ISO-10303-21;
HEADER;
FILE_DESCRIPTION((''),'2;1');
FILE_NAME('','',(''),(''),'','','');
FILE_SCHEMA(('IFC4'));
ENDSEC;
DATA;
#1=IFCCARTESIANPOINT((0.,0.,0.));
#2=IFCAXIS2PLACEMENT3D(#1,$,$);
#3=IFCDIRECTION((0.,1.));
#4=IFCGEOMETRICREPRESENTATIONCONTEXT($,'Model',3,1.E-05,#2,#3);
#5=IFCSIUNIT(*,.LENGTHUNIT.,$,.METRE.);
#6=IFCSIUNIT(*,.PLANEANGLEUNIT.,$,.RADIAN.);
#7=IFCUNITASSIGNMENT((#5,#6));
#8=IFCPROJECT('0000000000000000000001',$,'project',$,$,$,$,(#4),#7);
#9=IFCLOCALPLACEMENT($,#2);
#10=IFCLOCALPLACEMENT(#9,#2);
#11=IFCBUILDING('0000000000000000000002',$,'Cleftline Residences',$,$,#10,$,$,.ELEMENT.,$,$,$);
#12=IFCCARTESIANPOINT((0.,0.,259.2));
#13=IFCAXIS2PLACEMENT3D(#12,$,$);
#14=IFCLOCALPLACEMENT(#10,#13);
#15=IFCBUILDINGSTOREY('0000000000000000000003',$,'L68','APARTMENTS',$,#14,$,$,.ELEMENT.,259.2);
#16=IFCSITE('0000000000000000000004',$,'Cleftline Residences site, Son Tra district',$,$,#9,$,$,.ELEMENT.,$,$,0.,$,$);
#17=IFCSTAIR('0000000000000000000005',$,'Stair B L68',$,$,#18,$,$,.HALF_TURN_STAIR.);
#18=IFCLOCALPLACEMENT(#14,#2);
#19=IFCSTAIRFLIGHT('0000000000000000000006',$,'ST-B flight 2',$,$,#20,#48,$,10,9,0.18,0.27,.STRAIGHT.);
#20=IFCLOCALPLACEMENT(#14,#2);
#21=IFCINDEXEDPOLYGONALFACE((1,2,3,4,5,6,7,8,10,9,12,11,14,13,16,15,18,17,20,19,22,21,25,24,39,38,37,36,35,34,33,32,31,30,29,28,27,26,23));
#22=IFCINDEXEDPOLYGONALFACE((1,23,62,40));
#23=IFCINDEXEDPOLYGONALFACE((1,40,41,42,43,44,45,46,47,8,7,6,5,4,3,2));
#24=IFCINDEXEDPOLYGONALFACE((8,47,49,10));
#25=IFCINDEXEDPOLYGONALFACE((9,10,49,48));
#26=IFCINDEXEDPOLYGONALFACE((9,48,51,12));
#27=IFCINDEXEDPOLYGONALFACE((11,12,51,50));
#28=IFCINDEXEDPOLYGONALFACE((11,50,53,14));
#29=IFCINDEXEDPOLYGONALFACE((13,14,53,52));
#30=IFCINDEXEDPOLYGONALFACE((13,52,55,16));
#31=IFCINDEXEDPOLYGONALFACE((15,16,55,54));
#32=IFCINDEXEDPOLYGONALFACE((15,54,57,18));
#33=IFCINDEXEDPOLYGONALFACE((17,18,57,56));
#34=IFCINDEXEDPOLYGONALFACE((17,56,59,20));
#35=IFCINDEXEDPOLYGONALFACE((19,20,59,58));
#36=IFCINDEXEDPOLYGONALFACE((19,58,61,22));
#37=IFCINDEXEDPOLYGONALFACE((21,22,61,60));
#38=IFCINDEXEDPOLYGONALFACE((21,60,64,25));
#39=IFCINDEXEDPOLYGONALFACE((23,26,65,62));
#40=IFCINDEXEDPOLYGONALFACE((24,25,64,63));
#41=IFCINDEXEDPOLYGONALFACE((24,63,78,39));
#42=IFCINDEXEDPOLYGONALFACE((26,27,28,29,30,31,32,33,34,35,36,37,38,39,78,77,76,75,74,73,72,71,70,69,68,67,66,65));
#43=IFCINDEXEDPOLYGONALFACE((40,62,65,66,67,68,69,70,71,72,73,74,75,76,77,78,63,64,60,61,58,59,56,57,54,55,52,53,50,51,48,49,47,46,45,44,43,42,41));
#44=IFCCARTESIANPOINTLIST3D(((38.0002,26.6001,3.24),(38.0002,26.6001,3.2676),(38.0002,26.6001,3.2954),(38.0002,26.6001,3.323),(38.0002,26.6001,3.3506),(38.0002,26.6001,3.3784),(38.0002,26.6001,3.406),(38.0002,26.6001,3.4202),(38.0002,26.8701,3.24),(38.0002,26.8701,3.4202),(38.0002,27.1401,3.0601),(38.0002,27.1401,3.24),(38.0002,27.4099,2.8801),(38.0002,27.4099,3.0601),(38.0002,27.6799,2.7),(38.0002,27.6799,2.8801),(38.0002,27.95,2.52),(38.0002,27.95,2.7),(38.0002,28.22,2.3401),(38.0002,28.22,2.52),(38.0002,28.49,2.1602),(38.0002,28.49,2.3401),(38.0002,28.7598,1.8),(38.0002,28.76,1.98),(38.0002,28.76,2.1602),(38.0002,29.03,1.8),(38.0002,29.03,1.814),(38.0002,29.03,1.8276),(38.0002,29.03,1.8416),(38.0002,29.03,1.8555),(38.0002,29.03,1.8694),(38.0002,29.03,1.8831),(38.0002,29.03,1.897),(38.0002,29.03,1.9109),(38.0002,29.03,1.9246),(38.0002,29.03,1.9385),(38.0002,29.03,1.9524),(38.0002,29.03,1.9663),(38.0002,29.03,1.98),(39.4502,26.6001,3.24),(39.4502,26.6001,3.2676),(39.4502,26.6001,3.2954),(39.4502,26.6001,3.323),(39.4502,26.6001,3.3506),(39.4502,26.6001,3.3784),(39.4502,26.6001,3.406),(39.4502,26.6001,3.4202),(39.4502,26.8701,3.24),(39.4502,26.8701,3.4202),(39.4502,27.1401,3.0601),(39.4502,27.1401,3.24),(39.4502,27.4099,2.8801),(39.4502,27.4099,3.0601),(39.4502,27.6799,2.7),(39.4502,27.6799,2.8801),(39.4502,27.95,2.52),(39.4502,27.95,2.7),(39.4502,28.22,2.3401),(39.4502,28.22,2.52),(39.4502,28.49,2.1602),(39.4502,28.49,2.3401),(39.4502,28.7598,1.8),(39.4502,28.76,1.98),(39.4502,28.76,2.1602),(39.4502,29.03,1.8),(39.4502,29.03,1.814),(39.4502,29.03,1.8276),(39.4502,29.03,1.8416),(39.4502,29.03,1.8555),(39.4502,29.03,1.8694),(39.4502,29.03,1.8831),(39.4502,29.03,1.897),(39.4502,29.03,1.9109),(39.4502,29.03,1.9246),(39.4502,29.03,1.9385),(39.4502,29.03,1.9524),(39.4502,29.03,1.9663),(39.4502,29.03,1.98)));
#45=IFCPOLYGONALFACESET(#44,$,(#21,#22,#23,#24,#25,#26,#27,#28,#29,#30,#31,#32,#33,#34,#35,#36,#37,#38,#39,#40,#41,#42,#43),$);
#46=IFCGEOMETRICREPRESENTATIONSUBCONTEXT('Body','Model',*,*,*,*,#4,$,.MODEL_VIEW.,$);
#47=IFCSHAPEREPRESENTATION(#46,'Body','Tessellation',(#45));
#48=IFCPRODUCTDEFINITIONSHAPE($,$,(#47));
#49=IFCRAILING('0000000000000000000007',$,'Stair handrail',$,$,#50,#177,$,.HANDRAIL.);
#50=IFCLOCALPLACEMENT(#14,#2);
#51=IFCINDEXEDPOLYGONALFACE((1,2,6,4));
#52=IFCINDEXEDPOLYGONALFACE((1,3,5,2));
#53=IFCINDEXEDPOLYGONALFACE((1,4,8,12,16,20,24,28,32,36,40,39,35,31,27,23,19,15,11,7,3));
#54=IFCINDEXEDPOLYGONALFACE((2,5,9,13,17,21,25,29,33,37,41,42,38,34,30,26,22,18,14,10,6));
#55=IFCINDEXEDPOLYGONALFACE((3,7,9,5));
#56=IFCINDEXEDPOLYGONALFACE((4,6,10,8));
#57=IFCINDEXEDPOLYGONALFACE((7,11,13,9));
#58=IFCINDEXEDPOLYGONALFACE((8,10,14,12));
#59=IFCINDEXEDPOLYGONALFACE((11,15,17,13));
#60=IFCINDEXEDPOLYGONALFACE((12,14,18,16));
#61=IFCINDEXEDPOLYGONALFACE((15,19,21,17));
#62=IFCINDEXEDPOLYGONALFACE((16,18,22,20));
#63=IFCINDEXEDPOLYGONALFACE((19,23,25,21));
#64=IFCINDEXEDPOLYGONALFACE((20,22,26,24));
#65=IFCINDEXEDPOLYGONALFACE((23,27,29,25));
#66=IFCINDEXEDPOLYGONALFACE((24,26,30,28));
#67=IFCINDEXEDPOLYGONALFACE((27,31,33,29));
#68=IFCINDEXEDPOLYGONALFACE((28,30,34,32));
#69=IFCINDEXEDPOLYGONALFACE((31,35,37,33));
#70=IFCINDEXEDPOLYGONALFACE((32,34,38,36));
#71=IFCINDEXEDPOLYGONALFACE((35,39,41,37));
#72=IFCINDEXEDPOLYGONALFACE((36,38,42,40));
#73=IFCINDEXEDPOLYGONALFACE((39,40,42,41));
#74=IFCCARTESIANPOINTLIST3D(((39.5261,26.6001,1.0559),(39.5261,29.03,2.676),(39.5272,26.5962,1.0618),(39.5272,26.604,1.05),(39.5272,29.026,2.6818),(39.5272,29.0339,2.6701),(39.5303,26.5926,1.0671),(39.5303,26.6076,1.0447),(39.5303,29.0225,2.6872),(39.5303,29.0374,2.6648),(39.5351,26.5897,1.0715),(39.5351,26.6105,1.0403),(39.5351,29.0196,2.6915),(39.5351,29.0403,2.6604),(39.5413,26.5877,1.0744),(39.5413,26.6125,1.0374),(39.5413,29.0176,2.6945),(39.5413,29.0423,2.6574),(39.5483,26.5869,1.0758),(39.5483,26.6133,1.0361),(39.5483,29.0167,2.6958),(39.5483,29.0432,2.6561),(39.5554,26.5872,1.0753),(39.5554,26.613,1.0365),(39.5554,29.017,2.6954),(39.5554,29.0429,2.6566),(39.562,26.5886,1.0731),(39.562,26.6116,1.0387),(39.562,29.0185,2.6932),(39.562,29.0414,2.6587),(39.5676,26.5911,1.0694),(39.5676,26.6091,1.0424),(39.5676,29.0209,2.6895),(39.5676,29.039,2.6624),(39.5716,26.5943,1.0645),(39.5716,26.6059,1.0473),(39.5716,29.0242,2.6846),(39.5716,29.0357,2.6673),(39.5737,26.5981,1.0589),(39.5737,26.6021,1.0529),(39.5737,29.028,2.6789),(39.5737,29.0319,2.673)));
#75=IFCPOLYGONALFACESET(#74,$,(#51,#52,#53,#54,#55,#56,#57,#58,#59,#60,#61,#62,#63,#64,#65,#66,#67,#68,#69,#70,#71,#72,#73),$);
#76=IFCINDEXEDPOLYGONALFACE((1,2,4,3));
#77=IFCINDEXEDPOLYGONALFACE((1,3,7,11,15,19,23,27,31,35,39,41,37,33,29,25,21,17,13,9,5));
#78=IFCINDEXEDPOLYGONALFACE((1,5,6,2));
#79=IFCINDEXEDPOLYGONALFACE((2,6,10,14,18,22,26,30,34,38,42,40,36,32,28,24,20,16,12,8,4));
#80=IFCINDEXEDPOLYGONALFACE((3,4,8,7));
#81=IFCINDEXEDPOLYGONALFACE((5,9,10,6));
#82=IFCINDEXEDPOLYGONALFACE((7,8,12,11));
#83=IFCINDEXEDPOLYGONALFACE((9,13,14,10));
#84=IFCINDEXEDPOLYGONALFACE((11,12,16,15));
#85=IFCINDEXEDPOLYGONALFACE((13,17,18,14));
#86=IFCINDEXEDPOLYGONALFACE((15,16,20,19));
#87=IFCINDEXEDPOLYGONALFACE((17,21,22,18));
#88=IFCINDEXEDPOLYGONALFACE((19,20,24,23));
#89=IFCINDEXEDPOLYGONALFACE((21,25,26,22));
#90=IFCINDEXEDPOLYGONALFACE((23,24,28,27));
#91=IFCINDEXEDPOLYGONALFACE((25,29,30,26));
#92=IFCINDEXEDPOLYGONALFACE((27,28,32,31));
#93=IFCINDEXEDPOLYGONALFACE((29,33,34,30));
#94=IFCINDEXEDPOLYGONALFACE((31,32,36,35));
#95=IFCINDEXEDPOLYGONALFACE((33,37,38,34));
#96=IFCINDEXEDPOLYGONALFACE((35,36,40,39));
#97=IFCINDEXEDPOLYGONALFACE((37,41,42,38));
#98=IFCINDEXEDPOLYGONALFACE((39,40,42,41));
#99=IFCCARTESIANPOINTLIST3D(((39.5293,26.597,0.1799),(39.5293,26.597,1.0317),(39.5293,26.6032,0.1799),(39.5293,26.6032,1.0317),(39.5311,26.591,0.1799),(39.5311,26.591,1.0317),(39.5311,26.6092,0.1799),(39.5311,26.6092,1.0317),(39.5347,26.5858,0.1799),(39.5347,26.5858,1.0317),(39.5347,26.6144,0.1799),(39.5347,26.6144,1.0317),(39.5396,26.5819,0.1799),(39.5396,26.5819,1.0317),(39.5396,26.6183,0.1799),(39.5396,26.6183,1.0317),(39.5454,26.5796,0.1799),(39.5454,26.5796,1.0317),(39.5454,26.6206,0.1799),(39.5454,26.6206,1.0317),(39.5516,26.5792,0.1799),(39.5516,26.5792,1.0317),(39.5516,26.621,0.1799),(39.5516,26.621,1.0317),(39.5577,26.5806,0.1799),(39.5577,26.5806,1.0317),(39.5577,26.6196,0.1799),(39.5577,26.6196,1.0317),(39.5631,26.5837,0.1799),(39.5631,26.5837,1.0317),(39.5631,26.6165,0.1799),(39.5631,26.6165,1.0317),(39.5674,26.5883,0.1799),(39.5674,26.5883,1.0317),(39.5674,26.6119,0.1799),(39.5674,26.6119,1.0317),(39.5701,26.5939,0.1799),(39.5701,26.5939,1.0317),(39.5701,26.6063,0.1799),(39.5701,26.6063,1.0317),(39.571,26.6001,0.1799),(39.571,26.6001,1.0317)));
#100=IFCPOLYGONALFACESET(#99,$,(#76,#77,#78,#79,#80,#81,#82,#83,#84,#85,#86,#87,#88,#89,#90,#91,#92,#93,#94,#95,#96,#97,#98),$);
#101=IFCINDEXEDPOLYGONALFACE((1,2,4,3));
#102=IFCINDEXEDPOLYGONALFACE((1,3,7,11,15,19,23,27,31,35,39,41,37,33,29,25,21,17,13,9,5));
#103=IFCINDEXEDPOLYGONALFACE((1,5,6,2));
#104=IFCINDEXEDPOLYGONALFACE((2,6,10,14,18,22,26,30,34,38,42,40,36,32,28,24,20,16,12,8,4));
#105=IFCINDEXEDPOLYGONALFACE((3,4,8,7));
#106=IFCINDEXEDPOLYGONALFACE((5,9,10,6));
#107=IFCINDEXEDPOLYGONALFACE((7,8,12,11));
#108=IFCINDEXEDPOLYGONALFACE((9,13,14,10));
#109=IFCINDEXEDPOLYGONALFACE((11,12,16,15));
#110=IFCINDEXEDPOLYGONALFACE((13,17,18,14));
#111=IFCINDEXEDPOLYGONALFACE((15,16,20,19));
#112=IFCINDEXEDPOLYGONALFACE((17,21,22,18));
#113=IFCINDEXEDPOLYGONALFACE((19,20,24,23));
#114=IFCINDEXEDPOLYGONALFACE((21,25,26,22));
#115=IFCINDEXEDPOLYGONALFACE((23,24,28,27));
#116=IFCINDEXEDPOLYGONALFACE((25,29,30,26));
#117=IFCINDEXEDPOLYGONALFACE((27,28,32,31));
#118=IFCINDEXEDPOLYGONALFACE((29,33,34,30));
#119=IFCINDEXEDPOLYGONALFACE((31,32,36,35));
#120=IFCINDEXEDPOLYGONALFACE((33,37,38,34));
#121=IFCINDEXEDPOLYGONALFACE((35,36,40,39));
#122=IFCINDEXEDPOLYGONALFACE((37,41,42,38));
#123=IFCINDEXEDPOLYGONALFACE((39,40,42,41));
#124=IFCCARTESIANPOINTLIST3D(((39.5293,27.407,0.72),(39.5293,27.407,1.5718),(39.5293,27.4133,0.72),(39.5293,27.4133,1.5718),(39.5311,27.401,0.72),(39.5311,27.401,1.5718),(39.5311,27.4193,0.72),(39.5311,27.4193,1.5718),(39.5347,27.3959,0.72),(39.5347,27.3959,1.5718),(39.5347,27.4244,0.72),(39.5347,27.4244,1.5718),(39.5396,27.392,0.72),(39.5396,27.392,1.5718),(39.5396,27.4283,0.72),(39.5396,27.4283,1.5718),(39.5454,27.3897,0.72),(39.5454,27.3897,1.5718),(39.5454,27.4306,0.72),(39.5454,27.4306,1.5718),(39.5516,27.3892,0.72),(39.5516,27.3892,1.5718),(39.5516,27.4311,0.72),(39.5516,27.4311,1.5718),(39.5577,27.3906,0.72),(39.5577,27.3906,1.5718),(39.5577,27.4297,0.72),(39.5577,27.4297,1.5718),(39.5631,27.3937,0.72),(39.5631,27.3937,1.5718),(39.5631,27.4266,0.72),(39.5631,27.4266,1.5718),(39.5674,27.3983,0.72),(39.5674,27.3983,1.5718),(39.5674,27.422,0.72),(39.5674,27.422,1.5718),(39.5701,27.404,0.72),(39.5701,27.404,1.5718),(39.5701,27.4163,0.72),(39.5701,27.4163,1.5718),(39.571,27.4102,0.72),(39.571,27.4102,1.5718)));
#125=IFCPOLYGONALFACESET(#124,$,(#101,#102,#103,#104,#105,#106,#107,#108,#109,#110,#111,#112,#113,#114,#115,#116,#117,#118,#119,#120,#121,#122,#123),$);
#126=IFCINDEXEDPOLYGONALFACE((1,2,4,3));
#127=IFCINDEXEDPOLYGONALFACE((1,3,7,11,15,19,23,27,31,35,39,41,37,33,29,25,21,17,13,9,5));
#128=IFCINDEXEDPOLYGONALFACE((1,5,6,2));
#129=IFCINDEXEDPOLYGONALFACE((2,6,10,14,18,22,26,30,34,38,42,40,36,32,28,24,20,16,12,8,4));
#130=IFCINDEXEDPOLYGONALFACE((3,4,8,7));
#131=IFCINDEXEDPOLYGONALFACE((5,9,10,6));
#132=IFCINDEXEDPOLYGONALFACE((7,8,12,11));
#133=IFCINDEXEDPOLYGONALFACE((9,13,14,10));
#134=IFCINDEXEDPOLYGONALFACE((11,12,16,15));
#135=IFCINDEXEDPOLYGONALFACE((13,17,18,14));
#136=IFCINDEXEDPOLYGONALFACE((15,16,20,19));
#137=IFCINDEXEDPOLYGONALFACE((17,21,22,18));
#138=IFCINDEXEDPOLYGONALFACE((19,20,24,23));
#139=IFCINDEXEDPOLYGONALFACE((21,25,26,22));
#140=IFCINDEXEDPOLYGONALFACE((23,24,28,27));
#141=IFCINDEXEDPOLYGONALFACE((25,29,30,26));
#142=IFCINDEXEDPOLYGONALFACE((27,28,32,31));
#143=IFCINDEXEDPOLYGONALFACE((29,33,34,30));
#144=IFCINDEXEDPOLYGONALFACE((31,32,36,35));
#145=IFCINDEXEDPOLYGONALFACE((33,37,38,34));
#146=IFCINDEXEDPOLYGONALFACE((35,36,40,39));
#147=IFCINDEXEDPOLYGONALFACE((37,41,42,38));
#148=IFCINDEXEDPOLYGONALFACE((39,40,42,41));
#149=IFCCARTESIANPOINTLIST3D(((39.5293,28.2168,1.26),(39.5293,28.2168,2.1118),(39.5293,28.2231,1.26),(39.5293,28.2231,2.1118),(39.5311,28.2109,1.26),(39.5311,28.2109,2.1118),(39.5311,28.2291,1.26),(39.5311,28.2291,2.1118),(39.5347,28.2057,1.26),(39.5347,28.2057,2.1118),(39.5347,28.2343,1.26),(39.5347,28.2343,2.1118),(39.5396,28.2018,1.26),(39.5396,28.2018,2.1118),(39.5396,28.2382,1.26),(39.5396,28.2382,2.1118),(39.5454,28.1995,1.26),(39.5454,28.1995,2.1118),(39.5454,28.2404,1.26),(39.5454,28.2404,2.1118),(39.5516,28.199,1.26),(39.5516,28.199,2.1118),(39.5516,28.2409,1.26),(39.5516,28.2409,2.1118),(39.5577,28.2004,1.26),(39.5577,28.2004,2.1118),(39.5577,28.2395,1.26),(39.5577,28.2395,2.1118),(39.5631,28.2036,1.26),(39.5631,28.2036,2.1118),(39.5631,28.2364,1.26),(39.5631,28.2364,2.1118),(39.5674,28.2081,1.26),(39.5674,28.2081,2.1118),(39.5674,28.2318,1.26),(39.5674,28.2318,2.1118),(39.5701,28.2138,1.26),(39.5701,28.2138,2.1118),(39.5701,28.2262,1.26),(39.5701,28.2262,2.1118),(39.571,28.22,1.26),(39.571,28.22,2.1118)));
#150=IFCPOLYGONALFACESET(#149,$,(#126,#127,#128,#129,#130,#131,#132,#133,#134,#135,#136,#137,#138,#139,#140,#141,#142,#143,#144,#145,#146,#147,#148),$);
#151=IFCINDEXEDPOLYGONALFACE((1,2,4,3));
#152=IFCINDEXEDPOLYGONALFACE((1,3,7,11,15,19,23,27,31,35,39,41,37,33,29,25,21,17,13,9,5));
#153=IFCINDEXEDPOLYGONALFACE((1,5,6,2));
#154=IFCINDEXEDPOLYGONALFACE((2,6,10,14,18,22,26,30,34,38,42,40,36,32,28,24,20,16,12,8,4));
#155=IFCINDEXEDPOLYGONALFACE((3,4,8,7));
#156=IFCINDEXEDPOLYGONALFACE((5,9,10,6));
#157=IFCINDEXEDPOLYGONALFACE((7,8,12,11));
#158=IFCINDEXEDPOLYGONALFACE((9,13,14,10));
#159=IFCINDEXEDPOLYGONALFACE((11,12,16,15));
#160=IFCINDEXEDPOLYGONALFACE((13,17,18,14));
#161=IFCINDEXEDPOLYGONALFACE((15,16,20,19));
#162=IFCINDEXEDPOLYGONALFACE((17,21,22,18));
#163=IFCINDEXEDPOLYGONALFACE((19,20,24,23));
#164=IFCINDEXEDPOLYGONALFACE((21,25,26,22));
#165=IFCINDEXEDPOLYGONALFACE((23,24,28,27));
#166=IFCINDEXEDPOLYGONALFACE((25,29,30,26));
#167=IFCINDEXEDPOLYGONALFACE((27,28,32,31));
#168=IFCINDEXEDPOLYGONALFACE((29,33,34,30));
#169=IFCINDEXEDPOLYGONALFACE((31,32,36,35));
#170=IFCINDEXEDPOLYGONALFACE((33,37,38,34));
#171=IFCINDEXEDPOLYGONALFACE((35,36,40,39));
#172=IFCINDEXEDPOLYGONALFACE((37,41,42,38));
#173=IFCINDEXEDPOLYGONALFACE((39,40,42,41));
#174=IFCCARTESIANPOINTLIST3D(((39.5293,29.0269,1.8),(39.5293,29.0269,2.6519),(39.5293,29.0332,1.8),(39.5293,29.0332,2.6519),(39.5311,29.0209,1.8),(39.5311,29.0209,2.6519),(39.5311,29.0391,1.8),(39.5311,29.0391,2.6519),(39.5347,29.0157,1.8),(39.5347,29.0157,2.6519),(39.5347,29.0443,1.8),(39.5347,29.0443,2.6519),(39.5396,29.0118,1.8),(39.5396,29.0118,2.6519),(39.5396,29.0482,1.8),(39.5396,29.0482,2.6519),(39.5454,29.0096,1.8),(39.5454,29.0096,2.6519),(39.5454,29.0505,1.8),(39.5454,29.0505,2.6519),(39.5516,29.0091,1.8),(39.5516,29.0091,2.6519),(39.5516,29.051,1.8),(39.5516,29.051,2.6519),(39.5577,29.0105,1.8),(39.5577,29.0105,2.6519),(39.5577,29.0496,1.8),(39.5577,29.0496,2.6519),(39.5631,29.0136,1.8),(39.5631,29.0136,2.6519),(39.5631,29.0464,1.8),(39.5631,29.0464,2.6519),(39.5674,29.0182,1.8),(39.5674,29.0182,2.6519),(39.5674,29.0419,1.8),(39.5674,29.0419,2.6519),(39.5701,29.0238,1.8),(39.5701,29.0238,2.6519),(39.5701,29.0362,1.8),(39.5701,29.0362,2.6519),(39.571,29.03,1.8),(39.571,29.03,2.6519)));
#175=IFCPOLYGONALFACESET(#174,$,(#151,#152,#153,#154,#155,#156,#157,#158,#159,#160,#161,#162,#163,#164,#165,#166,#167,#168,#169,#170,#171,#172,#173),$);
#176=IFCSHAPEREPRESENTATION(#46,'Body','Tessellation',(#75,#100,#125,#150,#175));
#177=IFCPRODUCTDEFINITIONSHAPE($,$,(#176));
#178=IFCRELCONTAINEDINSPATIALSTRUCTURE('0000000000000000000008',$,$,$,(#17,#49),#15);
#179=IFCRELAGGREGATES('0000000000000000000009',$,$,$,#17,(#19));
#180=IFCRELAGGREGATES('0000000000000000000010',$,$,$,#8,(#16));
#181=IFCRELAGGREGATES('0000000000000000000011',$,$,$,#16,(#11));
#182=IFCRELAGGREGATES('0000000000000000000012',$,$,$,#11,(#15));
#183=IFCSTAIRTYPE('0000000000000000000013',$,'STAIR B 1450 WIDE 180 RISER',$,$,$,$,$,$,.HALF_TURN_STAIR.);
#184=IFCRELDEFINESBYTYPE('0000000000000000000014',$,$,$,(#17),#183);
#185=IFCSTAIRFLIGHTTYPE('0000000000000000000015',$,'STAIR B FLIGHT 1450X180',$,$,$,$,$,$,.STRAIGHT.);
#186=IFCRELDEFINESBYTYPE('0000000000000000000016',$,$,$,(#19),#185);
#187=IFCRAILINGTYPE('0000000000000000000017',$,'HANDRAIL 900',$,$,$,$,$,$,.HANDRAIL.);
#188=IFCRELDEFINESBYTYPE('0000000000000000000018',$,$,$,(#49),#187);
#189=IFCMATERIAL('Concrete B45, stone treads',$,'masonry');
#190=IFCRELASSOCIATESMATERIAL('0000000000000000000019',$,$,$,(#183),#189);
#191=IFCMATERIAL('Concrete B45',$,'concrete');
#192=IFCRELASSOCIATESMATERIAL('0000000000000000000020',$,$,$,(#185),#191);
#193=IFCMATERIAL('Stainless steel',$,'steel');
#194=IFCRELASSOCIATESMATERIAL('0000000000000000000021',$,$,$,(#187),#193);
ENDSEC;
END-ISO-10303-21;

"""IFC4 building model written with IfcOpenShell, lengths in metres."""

from ifc_helpers import new_model, si_unit, direction, frame, origin, origin_2d, place, context, subcontext, project, spatial, polyline, circle, outline, extrude, material, type_object, element, aggregate, save


model = new_model("IFC4")

# Units and contexts
model_context = context("Model", 3, precision=1e-05, world=origin(), true_north=direction((0.0, 1.0)))
body_context = subcontext(model_context, "Body", "Model", "MODEL_VIEW")
ifc_project = project(units=[si_unit("LENGTHUNIT", "METRE"), si_unit("PLANEANGLEUNIT", "RADIAN")], contexts=[model_context])

# Site, building, storey
site_placement = place(None, origin())
site = spatial("IfcSite", under=ifc_project, at=site_placement, Name="Cleftline Residences site, Son Tra district", CompositionType="ELEMENT", RefElevation=0.0)
building_placement = place(site_placement, origin())
building = spatial("IfcBuilding", under=site, at=building_placement, Name="Cleftline Residences", CompositionType="ELEMENT")
storey_placement = place(building_placement, frame((0.0, 0.0, 259.2)))
storey = spatial("IfcBuildingStorey", under=building, at=storey_placement, Name="L68", Description="APARTMENTS", CompositionType="ELEMENT", Elevation=259.2)

# Stair, stair flight
ifc_material_1 = material(Name="Concrete B45, stone treads", Category="masonry")
stair_type = type_object("IfcStairType", Name="STAIR B 1450 WIDE 180 RISER", PredefinedType="HALF_TURN_STAIR", material=ifc_material_1)
stair_placement = place(storey_placement, origin())
stair = element("IfcStair", 1, at=stair_placement, inside=storey, type_object=stair_type, Name="Stair B L68", PredefinedType="HALF_TURN_STAIR")
ifc_material_2 = material(Name="Concrete B45", Category="concrete")
stair_flight_type = type_object("IfcStairFlightType", Name="STAIR B FLIGHT 1450X180", PredefinedType="STRAIGHT", material=ifc_material_2)
stair_flight_1_placement = place(storey_placement, frame((38.7251, 29.03, 1.8), z_axis=(0.0, 0.0, 1.0), x_axis=(0.0, -1.0, 0.0)))
stair_flight_1 = element("IfcStairFlight", 2, at=stair_flight_1_placement, type_object=stair_flight_type, Name="ST-B flight 2", NumberOfRisers=10, NumberOfTreads=9, PredefinedType="STRAIGHT", RiserHeight=0.18, TreadLength=0.27, context=body_context, shape_type="SweptSolid", body=[
    extrude(outline(polyline([(0.0, 0.0), (0.0, 0.0139), (0.0, 0.0276), (0.0, 0.0415), (0.0, 0.0554), (0.0, 0.0693), (0.0, 0.083), (0.0, 0.0969), (0.0, 0.1108), (0.0, 0.1245), (0.0, 0.1384), (0.0, 0.1523), (0.0, 0.1663), (0.0, 0.1799), (0.27, 0.1799), (0.27, 0.3601), (0.54, 0.3601), (0.54, 0.54), (0.8101, 0.54), (0.8101, 0.72), (1.0801, 0.72), (1.0801, 0.8999), (1.3501, 0.8999), (1.3501, 1.0801), (1.6201, 1.0801), (1.6201, 1.26), (1.8899, 1.26), (1.8899, 1.4399), (2.1599, 1.4399), (2.1599, 1.6201), (2.4299, 1.6201), (2.4299, 1.8), (2.4299, 1.7722), (2.4299, 1.7446), (2.4299, 1.7168), (2.4299, 1.6892), (2.4299, 1.6614), (2.4299, 1.6338), (2.4299, 1.606), (2.4299, 1.5784), (2.4299, 1.5505), (2.4299, 1.5229), (2.4299, 1.4954), (2.4299, 1.4675), (2.4299, 1.4399), (0.2703, 0.0), (0.0, 0.0)])), frame((0.0, 0.7251, 0.0), z_axis=(0.0, -1.0, 0.0), x_axis=(1.0, 0.0, 0.0)), (0.0, 0.0, 1.0), 1.45),
])
aggregate(stair, [stair_flight_1])

# Railing
ifc_material_3 = material(Name="Stainless steel", Category="steel")
railing_type = type_object("IfcRailingType", Name="HANDRAIL 900", PredefinedType="HANDRAIL", material=ifc_material_3)
railing_1_placement = place(storey_placement, frame((39.55, 26.6001, 0.1799)))
element("IfcRailing", 3, at=railing_1_placement, inside=storey, type_object=railing_type, Name="Stair handrail", PredefinedType="HANDRAIL", context=body_context, shape_type="SweptSolid", body=[
    extrude(circle(Radius=0.0239, at=origin_2d()), frame((0.0, 0.0, 0.876), z_axis=(0.0, 0.832025, 0.554739), x_axis=(-1.0, 0.0, 0.0)), (0.0, 0.0, 1.0), 2.9204),
    extrude(circle(Radius=0.021, at=origin_2d()), origin(), (0.0, 0.0, 1.0), 0.8518),
    extrude(circle(Radius=0.021, at=origin_2d()), frame((0.0, 0.8101, 0.54)), (0.0, 0.0, 1.0), 0.8518),
    extrude(circle(Radius=0.021, at=origin_2d()), frame((0.0, 1.6199, 1.0801)), (0.0, 0.0, 1.0), 0.8518),
    extrude(circle(Radius=0.021, at=origin_2d()), frame((0.0, 2.4299, 1.6201)), (0.0, 0.0, 1.0), 0.8518),
])

save(model, "model.ifc")
